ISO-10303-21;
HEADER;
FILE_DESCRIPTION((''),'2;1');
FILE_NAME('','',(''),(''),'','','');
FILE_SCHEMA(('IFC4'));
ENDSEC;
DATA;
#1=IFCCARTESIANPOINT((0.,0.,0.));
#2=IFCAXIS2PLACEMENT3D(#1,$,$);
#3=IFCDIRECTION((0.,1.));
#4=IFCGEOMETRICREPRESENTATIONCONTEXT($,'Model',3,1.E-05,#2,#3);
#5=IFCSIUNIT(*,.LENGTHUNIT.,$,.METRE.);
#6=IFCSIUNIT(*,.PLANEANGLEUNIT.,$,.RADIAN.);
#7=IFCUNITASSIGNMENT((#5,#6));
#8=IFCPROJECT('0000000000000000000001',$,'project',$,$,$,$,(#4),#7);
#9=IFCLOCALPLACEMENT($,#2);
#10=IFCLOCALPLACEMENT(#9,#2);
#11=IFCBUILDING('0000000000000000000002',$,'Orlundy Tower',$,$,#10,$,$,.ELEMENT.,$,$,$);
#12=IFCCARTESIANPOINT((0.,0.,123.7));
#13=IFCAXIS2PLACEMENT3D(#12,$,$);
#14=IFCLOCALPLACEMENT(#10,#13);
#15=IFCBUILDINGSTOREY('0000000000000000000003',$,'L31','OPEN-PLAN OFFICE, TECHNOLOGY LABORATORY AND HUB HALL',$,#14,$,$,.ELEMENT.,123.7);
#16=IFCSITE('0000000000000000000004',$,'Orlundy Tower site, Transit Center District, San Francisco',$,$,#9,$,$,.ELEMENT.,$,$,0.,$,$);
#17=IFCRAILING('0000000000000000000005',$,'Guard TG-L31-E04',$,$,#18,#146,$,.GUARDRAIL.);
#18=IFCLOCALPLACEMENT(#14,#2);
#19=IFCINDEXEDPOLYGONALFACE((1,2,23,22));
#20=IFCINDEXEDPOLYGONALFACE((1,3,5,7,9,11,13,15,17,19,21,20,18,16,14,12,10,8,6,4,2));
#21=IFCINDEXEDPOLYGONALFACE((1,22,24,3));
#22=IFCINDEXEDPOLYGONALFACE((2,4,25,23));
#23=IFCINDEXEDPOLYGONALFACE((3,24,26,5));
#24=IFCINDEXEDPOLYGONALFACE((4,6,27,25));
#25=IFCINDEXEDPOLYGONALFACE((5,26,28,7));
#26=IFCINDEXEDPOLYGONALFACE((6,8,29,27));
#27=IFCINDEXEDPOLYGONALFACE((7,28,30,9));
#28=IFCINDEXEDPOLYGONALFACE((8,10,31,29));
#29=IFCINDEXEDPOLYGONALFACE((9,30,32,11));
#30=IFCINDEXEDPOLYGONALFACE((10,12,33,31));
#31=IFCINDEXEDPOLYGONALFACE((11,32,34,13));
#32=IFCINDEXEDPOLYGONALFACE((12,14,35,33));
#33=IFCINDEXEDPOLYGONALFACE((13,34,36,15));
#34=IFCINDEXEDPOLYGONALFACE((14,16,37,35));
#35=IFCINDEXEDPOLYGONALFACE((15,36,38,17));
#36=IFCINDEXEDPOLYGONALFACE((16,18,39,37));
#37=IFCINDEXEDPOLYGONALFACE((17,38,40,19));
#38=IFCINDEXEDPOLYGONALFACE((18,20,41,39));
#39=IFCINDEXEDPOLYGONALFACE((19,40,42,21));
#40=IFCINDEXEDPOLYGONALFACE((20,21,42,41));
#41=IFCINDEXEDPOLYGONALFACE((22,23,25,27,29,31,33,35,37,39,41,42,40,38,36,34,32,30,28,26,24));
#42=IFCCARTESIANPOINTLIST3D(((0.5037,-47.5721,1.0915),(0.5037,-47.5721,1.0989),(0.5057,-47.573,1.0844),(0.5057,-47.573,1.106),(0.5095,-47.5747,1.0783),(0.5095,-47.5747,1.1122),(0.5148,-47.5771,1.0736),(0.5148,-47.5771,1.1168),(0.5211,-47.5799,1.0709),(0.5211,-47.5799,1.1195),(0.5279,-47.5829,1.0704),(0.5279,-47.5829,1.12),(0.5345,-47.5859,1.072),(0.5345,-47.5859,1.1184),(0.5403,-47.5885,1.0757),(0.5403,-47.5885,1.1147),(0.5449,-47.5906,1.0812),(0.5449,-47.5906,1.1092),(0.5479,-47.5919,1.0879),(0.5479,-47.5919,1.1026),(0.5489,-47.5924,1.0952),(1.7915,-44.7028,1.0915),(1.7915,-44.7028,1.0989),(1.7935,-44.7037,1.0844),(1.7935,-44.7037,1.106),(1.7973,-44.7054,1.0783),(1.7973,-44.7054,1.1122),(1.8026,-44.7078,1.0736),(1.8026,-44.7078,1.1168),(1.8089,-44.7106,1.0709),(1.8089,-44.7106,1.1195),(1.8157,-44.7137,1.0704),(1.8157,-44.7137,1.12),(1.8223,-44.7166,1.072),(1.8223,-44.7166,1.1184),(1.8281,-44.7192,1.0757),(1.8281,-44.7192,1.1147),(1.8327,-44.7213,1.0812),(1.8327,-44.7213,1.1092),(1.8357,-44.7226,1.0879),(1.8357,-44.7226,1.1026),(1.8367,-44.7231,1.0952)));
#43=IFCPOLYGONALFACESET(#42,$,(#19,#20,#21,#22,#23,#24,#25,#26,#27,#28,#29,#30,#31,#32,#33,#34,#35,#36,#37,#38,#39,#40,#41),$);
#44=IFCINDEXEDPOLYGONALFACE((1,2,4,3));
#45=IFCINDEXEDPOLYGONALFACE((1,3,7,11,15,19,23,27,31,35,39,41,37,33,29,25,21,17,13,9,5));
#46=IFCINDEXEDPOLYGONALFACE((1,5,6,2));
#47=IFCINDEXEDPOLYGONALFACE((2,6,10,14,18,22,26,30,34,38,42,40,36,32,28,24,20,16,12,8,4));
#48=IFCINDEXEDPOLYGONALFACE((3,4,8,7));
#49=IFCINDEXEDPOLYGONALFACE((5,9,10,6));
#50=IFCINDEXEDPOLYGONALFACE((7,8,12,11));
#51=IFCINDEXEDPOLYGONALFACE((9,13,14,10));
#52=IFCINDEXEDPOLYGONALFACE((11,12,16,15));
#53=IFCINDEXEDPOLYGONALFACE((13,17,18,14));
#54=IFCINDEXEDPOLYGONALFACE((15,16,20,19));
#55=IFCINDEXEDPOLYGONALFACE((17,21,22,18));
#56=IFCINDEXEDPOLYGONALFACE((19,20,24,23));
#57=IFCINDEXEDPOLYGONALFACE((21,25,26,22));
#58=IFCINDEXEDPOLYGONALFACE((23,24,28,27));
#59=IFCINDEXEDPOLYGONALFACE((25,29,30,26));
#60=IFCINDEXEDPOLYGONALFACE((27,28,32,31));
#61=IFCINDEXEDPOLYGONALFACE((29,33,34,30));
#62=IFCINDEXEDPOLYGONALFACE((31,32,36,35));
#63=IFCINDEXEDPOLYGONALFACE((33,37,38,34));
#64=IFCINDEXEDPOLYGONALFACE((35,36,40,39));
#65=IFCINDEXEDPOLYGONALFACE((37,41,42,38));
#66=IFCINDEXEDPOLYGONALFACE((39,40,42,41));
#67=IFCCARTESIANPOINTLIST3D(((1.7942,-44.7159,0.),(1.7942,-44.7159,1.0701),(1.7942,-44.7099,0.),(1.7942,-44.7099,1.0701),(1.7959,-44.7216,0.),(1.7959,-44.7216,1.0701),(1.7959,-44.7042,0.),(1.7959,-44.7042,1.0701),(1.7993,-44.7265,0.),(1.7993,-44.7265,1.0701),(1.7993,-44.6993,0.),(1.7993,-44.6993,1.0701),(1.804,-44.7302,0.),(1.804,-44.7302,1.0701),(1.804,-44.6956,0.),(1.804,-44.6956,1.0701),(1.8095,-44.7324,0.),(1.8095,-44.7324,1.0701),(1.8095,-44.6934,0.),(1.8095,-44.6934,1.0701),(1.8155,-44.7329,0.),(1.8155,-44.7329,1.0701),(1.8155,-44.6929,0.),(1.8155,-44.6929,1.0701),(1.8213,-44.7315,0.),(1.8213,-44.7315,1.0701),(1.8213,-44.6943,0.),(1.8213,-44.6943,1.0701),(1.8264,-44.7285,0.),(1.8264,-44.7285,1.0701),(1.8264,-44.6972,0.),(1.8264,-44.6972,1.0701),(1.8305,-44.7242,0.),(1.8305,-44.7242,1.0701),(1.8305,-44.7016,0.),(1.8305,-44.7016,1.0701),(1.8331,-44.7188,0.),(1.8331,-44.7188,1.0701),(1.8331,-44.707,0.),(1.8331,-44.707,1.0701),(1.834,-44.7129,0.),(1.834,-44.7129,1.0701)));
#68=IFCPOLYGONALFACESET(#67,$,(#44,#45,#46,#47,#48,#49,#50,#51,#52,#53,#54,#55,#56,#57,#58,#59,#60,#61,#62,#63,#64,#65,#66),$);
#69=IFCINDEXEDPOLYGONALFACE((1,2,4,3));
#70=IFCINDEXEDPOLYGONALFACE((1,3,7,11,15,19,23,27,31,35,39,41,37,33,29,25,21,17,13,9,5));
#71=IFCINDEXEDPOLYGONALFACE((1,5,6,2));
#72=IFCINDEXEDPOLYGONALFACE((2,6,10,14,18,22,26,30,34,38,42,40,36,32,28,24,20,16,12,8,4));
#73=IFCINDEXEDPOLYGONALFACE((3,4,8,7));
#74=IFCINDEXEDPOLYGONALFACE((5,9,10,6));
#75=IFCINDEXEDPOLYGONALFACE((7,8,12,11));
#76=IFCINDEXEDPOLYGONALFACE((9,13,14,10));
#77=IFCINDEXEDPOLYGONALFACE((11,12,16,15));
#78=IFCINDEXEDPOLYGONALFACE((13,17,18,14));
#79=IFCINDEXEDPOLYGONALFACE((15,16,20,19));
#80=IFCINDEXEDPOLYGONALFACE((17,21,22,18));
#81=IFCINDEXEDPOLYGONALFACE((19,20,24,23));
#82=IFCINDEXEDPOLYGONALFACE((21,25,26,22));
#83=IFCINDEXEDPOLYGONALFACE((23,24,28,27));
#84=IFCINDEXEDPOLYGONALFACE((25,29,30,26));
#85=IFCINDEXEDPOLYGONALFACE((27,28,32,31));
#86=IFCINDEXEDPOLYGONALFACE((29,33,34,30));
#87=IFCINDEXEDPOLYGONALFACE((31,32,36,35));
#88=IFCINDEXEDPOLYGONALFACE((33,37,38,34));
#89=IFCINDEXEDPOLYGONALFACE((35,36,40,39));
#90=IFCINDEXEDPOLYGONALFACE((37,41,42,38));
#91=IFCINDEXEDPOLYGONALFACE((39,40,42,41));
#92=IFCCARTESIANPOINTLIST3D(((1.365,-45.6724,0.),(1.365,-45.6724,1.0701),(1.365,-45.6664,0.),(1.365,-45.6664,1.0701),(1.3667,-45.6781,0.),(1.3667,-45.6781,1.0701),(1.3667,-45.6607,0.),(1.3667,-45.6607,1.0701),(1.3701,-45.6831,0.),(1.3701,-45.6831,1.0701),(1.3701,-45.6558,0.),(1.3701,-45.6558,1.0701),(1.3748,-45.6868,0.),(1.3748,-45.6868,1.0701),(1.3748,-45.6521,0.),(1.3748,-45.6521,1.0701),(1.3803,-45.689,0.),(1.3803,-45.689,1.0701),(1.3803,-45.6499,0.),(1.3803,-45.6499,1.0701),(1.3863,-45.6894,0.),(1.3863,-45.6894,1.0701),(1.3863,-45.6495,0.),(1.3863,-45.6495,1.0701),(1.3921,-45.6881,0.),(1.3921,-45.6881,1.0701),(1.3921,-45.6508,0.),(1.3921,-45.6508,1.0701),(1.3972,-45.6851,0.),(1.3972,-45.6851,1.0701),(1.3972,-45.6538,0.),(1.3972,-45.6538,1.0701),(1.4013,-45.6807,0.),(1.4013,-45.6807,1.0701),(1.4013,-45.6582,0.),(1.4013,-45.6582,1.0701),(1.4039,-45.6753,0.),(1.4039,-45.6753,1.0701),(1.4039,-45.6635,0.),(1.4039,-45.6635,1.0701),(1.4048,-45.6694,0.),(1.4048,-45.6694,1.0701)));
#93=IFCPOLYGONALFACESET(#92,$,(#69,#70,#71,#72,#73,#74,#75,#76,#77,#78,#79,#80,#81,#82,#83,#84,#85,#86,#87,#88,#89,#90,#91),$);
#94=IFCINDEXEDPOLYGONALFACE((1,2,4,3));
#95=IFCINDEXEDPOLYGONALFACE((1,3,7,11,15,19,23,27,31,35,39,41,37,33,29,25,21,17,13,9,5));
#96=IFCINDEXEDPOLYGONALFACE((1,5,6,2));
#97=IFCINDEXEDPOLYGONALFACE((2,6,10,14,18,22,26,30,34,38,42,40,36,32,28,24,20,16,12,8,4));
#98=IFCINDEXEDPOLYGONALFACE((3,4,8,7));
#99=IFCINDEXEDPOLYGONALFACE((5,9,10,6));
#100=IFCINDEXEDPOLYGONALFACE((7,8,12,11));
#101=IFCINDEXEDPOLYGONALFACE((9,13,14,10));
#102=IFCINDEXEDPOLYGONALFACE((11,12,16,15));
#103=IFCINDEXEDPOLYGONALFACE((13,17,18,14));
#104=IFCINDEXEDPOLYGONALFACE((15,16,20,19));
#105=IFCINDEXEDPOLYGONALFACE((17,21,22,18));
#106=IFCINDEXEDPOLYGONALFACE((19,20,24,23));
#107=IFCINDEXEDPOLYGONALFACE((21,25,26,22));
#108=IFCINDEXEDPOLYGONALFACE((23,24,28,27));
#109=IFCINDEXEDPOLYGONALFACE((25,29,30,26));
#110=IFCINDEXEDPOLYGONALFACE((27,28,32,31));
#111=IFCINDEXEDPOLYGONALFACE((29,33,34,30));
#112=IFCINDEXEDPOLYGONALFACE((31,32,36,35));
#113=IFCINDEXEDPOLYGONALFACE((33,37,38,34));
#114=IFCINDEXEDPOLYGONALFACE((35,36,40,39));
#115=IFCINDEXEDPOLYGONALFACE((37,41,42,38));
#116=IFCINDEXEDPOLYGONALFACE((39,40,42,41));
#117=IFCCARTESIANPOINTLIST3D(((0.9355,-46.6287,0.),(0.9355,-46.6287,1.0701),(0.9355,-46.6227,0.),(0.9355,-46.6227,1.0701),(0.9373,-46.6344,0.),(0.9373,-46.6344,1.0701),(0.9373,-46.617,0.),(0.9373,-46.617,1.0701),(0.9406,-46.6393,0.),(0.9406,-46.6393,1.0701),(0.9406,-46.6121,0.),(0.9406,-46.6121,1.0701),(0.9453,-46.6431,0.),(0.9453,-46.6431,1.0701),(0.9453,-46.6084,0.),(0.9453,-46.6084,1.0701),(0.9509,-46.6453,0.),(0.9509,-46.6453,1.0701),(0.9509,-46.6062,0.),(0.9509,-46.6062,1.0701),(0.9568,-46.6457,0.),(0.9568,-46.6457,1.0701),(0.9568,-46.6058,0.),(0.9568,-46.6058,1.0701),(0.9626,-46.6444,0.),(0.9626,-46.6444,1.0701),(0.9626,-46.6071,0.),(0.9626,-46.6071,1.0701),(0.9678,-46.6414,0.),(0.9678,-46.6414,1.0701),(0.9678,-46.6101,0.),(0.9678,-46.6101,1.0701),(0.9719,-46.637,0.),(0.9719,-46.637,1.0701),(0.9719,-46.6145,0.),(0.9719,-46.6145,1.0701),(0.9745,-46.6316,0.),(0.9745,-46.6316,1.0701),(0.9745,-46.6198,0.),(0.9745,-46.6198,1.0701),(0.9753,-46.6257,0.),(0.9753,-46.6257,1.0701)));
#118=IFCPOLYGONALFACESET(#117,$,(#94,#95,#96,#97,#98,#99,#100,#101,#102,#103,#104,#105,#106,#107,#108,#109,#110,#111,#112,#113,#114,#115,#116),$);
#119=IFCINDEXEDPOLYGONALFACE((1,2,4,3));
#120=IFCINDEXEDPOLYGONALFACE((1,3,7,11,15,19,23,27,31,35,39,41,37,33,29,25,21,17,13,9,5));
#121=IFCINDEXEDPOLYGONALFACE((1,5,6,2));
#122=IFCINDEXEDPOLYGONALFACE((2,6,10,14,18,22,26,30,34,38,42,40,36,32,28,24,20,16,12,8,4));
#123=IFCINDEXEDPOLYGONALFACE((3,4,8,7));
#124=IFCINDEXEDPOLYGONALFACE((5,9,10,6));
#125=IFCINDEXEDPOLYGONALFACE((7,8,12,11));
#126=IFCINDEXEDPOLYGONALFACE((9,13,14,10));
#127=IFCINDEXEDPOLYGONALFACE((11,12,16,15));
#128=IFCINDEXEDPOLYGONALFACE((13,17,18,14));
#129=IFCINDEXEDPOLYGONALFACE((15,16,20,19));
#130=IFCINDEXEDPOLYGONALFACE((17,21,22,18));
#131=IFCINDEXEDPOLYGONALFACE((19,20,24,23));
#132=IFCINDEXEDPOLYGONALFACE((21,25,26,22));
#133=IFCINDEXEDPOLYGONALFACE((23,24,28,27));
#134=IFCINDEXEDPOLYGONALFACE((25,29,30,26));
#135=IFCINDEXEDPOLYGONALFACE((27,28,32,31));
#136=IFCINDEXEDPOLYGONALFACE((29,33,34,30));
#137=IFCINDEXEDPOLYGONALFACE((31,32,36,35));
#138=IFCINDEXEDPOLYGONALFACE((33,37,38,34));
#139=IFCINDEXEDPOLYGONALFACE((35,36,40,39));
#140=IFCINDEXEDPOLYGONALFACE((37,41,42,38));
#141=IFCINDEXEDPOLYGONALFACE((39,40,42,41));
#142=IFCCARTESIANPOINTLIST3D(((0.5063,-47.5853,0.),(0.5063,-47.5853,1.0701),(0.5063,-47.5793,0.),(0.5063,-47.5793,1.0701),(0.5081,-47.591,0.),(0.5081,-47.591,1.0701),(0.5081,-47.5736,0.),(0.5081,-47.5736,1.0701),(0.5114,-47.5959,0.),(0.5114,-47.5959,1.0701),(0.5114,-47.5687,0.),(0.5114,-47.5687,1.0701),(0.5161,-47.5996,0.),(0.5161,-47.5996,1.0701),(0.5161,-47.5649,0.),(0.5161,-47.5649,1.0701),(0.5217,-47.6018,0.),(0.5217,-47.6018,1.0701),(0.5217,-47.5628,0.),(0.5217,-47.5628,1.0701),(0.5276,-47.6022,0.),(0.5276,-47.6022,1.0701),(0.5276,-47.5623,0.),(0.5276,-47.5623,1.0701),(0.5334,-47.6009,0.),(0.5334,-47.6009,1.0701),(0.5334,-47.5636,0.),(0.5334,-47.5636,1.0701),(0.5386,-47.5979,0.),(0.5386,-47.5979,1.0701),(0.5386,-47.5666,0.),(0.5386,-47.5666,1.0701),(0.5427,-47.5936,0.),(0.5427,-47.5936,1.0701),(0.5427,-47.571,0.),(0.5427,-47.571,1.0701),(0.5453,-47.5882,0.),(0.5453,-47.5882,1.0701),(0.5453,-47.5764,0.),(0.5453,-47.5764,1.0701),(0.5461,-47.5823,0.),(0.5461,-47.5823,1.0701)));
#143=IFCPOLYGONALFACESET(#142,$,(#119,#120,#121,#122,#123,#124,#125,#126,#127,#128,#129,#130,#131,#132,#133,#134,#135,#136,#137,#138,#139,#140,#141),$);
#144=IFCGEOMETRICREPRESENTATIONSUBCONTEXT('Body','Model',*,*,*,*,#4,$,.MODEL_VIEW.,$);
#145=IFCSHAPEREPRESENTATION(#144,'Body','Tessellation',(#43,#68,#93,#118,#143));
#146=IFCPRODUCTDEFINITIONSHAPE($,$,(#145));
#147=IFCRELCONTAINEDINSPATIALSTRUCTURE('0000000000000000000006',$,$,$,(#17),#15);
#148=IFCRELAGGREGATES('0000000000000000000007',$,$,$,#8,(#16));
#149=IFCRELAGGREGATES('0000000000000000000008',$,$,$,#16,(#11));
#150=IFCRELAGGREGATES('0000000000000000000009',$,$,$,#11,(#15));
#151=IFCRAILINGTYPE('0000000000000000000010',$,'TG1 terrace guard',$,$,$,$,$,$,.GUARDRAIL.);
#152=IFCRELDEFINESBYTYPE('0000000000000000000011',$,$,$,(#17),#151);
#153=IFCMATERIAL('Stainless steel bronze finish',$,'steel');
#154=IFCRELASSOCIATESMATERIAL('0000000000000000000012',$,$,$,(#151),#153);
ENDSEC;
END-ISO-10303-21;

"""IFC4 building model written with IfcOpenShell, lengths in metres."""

from ifc_helpers import new_model, si_unit, direction, frame, origin, origin_2d, place, context, subcontext, project, spatial, circle, extrude, material, type_object, element, save


model = new_model("IFC4")

# Units and contexts
model_context = context("Model", 3, precision=1e-05, world=origin(), true_north=direction((0.0, 1.0)))
body_context = subcontext(model_context, "Body", "Model", "MODEL_VIEW")
ifc_project = project(units=[si_unit("LENGTHUNIT", "METRE"), si_unit("PLANEANGLEUNIT", "RADIAN")], contexts=[model_context])

# Site, building, storey
site_placement = place(None, origin())
site = spatial("IfcSite", under=ifc_project, at=site_placement, Name="Orlundy Tower site, Transit Center District, San Francisco", CompositionType="ELEMENT", RefElevation=0.0)
building_placement = place(site_placement, origin())
building = spatial("IfcBuilding", under=site, at=building_placement, Name="Orlundy Tower", CompositionType="ELEMENT")
storey_placement = place(building_placement, frame((0.0, 0.0, 123.7)))
storey = spatial("IfcBuildingStorey", under=building, at=storey_placement, Name="L31", Description="OPEN-PLAN OFFICE, TECHNOLOGY LABORATORY AND HUB HALL", CompositionType="ELEMENT", Elevation=123.7)

# Railing
ifc_material_1 = material(Name="Stainless steel bronze finish", Category="steel")
railing_type = type_object("IfcRailingType", Name="TG1 terrace guard", PredefinedType="GUARDRAIL", material=ifc_material_1)
railing_1_placement = place(storey_placement, frame((1.814, -44.7129, 0.0)))
element("IfcRailing", 1, at=railing_1_placement, inside=storey, type_object=railing_type, Name="Guard TG-L31-E04", PredefinedType="GUARDRAIL", context=body_context, shape_type="SweptSolid", body=[
    extrude(circle(Radius=0.0249, at=origin_2d()), frame((0.0, 0.0, 1.0952), z_axis=(-0.40947, -0.912323, 0.0), x_axis=(0.912323, -0.40947, 0.0)), (0.0, 0.0, 1.0), 3.145),
    extrude(circle(Radius=0.02, at=origin_2d()), origin(), (0.0, 0.0, 1.0), 1.0701),
    extrude(circle(Radius=0.02, at=origin_2d()), frame((-0.4292, -0.9565, 0.0)), (0.0, 0.0, 1.0), 1.0701),
    extrude(circle(Radius=0.02, at=origin_2d()), frame((-0.8586, -1.9128, 0.0)), (0.0, 0.0, 1.0), 1.0701),
    extrude(circle(Radius=0.02, at=origin_2d()), frame((-1.2878, -2.8694, 0.0)), (0.0, 0.0, 1.0), 1.0701),
])

save(model, "model.ifc")
